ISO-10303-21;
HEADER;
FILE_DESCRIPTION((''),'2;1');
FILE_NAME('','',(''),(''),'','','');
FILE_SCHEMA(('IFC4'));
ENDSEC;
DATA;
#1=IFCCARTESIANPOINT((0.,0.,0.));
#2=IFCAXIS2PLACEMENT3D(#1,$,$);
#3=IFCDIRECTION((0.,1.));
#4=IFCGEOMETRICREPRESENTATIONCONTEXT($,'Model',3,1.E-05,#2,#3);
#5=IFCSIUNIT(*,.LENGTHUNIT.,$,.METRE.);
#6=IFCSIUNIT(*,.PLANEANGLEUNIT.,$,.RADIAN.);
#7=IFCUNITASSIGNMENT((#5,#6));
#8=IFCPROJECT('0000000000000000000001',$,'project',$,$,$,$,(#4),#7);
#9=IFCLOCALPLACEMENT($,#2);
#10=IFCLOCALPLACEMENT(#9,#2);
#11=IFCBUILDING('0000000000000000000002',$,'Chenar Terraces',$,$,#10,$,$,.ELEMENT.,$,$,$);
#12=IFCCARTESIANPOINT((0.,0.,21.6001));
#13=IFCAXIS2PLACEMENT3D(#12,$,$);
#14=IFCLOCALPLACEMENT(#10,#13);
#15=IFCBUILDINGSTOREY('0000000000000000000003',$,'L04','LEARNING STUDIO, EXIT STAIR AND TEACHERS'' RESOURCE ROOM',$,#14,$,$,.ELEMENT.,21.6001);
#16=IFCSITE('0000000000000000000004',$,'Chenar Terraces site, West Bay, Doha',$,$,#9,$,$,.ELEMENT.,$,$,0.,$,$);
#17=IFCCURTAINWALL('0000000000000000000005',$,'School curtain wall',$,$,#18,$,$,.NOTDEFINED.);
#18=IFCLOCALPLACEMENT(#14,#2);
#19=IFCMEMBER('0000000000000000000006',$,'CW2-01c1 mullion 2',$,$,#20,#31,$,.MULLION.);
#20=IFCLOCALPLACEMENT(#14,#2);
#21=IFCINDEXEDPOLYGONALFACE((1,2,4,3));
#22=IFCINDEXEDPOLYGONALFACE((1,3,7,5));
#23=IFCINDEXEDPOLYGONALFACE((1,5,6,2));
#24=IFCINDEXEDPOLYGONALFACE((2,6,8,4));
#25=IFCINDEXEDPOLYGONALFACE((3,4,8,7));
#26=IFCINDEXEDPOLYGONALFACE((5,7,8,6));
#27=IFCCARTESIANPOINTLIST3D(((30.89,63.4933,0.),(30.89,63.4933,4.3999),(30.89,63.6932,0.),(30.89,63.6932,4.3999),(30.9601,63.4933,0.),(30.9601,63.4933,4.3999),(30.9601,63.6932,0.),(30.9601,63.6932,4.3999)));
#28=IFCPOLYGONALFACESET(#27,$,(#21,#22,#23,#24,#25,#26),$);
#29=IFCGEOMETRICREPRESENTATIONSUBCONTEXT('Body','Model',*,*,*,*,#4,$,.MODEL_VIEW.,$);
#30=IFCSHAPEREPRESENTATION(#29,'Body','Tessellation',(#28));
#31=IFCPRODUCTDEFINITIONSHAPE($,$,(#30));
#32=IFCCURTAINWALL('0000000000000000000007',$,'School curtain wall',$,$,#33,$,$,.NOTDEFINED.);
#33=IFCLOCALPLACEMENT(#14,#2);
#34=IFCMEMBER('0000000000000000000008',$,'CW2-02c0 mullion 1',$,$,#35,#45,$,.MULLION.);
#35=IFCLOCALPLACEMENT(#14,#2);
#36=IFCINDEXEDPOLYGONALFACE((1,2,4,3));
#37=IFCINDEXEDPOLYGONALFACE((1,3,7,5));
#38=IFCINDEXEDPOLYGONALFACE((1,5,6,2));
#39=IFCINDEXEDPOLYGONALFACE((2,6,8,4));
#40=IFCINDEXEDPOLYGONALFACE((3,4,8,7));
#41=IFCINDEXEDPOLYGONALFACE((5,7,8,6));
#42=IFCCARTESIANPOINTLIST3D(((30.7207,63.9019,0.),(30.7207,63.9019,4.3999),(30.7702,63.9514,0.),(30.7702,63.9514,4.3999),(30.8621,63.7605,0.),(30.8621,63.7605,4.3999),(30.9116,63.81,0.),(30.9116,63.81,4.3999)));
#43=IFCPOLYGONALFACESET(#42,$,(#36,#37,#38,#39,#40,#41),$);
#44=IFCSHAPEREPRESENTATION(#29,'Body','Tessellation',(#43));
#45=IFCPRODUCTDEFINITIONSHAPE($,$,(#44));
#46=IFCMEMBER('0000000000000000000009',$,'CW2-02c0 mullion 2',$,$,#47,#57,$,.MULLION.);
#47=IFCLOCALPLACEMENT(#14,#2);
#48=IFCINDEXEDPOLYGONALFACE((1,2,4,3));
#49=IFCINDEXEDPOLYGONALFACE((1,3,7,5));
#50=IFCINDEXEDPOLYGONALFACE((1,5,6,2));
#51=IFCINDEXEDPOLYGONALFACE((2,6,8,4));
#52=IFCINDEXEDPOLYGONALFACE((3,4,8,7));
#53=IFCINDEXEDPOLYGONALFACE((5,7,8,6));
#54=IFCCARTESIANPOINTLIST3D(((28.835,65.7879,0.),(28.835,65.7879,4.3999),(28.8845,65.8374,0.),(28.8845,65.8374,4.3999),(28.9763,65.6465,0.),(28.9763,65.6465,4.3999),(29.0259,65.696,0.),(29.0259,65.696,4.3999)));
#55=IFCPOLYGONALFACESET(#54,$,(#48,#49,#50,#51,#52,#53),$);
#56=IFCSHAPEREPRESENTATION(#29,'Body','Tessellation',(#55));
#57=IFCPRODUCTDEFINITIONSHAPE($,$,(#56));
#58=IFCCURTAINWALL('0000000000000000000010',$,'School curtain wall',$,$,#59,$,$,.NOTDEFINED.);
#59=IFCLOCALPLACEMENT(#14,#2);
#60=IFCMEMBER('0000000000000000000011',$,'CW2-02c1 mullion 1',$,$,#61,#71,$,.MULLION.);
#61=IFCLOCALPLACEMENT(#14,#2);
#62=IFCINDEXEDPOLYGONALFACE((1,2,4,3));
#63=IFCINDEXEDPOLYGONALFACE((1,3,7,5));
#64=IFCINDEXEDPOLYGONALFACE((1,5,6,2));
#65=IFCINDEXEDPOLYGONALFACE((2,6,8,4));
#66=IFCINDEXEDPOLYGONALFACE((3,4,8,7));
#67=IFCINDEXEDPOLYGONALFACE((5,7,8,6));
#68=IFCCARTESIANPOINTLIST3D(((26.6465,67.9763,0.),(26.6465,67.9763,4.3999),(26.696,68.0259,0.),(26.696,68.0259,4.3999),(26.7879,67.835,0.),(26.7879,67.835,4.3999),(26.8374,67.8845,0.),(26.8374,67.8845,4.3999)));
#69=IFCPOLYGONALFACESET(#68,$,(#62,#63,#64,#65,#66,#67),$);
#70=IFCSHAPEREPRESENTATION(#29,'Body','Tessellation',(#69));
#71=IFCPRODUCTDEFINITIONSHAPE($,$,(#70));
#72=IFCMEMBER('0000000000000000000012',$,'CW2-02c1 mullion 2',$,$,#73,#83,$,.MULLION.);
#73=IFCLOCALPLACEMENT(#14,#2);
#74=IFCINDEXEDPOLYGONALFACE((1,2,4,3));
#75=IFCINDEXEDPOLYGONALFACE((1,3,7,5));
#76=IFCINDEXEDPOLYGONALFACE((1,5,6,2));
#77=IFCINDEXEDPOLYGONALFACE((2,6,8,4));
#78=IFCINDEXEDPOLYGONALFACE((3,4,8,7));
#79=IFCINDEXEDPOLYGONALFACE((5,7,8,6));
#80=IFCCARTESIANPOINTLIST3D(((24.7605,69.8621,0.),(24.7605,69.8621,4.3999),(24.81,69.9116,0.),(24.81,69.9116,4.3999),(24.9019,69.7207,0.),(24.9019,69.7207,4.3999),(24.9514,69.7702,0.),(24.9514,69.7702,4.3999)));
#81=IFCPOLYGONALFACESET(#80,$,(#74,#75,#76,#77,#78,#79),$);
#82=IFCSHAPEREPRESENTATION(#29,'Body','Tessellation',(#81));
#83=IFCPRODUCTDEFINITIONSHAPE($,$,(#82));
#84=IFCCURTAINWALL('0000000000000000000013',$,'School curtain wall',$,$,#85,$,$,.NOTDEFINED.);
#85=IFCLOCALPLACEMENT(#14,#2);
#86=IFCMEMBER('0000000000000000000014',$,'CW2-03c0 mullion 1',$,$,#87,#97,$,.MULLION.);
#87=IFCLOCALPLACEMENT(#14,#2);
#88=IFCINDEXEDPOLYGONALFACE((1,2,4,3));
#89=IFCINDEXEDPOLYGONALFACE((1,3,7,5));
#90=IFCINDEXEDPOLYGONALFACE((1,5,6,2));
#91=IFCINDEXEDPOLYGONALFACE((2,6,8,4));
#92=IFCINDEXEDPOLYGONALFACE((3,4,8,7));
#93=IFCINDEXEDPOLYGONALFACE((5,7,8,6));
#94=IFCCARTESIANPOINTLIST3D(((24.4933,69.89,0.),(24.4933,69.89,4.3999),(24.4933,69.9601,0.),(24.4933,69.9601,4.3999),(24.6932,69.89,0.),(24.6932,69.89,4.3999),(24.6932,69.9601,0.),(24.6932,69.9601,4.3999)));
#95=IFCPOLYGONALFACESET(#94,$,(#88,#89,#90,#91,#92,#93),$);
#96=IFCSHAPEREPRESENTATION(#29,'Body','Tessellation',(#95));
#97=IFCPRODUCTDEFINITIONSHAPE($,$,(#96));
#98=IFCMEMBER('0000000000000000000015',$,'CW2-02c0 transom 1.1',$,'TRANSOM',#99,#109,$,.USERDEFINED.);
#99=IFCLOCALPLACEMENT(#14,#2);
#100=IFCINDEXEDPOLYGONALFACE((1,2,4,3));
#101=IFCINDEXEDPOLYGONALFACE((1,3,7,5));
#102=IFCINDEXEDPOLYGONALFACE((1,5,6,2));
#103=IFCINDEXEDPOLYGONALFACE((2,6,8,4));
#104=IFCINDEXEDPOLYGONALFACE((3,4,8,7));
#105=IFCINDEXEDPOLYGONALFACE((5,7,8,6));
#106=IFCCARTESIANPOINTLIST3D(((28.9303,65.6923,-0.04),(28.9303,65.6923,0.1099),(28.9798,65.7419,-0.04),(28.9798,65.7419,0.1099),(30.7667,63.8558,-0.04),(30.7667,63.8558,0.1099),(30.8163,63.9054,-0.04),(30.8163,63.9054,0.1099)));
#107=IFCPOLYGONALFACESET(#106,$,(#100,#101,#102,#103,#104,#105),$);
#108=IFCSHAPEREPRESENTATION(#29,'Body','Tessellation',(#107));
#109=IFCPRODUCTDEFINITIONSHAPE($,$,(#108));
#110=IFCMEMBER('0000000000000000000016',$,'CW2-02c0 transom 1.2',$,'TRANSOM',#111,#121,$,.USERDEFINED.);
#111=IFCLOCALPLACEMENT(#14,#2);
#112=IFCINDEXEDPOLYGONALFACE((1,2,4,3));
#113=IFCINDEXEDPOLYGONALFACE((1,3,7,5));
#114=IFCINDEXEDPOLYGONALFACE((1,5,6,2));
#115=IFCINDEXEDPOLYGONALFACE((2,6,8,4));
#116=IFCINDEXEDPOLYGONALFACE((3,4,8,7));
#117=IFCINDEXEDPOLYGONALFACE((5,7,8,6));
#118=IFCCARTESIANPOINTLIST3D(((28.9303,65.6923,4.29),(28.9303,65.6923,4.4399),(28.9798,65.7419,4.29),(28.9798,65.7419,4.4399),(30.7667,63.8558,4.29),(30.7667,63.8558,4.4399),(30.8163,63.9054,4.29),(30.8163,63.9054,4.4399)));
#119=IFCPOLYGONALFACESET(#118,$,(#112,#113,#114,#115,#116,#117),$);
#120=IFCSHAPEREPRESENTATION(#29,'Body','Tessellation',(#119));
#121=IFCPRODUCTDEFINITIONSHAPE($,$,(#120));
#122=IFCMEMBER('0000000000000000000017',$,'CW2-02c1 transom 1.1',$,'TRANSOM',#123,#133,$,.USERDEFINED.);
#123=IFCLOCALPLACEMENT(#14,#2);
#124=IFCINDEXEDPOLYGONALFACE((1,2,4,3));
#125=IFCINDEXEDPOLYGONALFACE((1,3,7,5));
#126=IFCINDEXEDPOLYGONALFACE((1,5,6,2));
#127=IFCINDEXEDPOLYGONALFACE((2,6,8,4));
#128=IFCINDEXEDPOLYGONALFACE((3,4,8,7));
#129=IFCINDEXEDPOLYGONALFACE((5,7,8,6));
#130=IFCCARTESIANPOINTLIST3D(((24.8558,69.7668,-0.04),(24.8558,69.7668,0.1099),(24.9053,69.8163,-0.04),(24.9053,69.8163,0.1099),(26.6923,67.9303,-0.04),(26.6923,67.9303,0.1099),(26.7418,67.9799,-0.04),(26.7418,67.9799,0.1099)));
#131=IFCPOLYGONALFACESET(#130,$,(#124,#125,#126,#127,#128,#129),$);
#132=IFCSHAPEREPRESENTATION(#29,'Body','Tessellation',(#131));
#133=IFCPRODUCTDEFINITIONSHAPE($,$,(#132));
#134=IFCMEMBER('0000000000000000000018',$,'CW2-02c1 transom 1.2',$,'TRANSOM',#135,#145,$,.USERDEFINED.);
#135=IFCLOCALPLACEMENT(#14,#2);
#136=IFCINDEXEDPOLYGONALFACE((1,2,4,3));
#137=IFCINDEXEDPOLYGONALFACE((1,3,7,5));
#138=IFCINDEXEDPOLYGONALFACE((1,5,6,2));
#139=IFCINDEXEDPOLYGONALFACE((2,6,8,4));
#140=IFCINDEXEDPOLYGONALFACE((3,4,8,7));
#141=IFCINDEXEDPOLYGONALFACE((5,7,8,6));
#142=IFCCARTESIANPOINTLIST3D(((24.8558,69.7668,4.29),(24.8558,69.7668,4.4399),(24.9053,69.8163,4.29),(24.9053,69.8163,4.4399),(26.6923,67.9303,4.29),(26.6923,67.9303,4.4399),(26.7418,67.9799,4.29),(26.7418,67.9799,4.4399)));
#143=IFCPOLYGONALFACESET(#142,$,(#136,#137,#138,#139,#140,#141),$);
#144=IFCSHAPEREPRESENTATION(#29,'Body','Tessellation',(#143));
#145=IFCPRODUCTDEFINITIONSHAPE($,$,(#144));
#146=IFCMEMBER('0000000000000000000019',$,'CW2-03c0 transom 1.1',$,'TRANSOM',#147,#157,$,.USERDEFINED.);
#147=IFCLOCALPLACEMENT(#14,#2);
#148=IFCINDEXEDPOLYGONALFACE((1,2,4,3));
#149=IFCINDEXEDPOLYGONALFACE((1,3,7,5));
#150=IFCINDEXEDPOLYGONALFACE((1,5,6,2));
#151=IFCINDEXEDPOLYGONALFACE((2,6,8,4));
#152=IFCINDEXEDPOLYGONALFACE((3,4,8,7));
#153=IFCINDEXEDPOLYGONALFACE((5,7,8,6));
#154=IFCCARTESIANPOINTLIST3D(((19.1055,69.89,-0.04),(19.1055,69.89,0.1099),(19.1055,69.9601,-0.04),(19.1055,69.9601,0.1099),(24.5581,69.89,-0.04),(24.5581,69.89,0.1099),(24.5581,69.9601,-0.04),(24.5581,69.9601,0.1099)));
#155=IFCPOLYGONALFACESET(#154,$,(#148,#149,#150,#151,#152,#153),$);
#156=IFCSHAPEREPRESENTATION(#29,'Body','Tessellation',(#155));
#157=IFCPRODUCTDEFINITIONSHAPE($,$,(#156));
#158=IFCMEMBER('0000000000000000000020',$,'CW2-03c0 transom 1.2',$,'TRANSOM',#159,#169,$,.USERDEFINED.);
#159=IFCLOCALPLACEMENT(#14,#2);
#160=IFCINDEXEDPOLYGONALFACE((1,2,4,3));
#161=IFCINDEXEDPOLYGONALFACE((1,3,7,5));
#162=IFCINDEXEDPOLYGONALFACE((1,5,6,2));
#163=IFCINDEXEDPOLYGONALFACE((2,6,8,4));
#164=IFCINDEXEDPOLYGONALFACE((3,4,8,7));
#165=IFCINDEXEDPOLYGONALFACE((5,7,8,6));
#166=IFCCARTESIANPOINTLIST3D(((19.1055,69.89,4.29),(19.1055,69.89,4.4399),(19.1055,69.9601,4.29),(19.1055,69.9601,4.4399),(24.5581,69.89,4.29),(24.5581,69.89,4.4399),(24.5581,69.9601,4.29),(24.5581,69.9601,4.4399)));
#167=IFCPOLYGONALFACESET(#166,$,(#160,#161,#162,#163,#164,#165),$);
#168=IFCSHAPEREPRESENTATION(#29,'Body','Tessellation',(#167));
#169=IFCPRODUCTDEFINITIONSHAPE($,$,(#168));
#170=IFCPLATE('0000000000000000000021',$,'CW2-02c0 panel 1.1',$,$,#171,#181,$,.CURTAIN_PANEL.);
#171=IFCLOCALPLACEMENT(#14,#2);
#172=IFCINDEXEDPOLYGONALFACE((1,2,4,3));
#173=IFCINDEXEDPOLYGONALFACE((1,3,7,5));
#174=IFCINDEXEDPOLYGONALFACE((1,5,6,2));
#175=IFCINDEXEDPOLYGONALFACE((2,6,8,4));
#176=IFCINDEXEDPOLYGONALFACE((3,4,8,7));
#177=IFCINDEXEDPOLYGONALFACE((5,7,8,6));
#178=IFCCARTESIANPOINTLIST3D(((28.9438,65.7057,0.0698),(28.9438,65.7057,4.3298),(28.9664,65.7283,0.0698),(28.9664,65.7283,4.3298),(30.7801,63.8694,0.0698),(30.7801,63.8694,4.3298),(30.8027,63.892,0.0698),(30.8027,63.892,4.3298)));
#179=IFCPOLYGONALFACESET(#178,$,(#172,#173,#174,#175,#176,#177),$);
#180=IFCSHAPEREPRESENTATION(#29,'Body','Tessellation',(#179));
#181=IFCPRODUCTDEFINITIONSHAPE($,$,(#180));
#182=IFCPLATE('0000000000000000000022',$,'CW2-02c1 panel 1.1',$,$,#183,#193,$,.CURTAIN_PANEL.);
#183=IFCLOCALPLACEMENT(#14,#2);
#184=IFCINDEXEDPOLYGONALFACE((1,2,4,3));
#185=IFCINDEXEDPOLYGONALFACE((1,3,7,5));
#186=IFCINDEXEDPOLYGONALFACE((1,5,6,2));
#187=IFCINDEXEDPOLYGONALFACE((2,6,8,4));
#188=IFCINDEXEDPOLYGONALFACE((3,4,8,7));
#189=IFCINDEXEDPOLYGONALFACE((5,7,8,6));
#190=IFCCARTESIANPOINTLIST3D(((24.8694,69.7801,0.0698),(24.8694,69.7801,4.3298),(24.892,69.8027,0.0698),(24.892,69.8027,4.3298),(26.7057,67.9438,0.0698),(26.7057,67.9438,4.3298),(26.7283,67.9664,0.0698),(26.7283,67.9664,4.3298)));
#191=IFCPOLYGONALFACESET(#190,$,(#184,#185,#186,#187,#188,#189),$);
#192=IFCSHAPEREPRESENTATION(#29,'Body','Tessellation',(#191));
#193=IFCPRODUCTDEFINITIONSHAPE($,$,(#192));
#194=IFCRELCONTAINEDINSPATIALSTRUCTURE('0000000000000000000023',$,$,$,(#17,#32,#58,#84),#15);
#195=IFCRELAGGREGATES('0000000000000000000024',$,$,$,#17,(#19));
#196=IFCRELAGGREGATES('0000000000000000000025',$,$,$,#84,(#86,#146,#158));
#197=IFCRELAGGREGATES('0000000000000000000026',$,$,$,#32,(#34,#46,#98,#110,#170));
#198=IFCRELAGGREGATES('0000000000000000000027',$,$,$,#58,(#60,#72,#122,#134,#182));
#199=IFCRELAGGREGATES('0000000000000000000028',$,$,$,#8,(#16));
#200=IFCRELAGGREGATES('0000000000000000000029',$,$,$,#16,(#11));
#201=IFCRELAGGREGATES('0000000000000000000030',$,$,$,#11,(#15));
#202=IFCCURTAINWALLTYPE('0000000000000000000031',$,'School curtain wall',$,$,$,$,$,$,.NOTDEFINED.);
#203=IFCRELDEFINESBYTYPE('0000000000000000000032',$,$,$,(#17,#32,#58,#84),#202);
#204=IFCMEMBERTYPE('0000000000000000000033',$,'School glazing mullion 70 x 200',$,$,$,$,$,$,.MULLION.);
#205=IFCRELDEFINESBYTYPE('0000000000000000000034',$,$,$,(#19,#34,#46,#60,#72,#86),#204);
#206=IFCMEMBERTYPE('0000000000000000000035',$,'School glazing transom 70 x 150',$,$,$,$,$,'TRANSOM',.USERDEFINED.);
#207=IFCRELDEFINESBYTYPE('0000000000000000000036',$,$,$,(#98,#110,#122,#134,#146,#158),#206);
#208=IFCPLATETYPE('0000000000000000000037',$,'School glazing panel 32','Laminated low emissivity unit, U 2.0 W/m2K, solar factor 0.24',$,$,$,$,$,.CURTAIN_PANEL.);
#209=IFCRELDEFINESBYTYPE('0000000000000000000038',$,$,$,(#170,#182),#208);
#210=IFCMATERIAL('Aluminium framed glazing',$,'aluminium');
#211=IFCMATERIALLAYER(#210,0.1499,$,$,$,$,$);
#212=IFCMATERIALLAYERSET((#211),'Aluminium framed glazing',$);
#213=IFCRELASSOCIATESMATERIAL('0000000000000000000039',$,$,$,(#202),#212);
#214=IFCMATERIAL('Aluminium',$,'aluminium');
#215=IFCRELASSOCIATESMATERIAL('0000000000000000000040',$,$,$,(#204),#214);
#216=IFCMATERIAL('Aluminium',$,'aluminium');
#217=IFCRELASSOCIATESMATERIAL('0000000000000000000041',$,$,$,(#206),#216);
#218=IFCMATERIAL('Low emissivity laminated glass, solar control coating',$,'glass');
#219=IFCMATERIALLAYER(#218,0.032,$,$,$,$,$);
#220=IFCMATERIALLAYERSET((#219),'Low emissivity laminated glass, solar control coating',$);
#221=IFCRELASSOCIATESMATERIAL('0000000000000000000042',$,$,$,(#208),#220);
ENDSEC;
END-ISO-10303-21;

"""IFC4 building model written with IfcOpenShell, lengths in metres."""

from ifc_helpers import new_model, si_unit, direction, frame, origin, origin_2d, place, context, subcontext, project, spatial, rectangle, extrude, material, layer, layer_set, material_profile, profile_set, type_object, element, aggregate, save


model = new_model("IFC4")

# Units and contexts
model_context = context("Model", 3, precision=1e-05, world=origin(), true_north=direction((0.0, 1.0)))
body_context = subcontext(model_context, "Body", "Model", "MODEL_VIEW")
ifc_project = project(units=[si_unit("LENGTHUNIT", "METRE"), si_unit("PLANEANGLEUNIT", "RADIAN")], contexts=[model_context])

# Site, building, storey
site_placement = place(None, origin())
site = spatial("IfcSite", under=ifc_project, at=site_placement, Name="Chenar Terraces site, West Bay, Doha", CompositionType="ELEMENT", RefElevation=0.0)
building_placement = place(site_placement, origin())
building = spatial("IfcBuilding", under=site, at=building_placement, Name="Chenar Terraces", CompositionType="ELEMENT")
storey_placement = place(building_placement, frame((0.0, 0.0, 21.6001)))
storey = spatial("IfcBuildingStorey", under=building, at=storey_placement, Name="L04", Description="LEARNING STUDIO, EXIT STAIR AND TEACHERS' RESOURCE ROOM", CompositionType="ELEMENT", Elevation=21.6001)

# Curtain wall, member
ifc_material_1 = material(Name="Aluminium framed glazing", Category="aluminium")
ifc_layer_1 = layer(ifc_material_1, 0.1499)
ifc_layer_set_1 = layer_set([ifc_layer_1], Name="Aluminium framed glazing")
curtain_wall_type = type_object("IfcCurtainWallType", Name="School curtain wall", PredefinedType="NOTDEFINED", material=ifc_layer_set_1)
placement = place(storey_placement, origin())
curtain_wall_1 = element("IfcCurtainWall", 1, at=placement, inside=storey, type_object=curtain_wall_type, Name="School curtain wall", PredefinedType="NOTDEFINED")
ifc_material_2 = material(Name="Aluminium", Category="aluminium")
ifc_material_profile_1 = material_profile(ifc_material_2, rectangle(XDim=0.0701, YDim=0.2, at=origin_2d()), Name="School glazing mullion 70 x 200")
ifc_profile_set_1 = profile_set([ifc_material_profile_1], Name="Aluminium")
member_type_1 = type_object("IfcMemberType", Name="School glazing mullion 70 x 200", PredefinedType="MULLION", material=ifc_profile_set_1)
member_1_placement = place(storey_placement, frame((30.925, 63.5933, 0.0), z_axis=(0.0, 0.0, 1.0), x_axis=(-1.0, 0.0, 0.0)))
member_1 = element("IfcMember", 2, at=member_1_placement, type_object=member_type_1, Name="CW2-01c1 mullion 2", PredefinedType="MULLION", context=body_context, shape_type="SweptSolid", body=[
    extrude(rectangle(XDim=0.0701, YDim=0.2, at=origin_2d()), origin(), (0.0, 0.0, 1.0), 4.3999),
])
aggregate(curtain_wall_1, [member_1])

# Curtain walls, members
curtain_wall_2 = element("IfcCurtainWall", 3, at=placement, inside=storey, type_object=curtain_wall_type, Name="School curtain wall", PredefinedType="NOTDEFINED")
member_2_placement = place(storey_placement, frame((30.8162, 63.856, 0.0), z_axis=(0.0, 0.0, 1.0), x_axis=(-0.707107, -0.707107, 0.0)))
member_2 = element("IfcMember", 4, at=member_2_placement, type_object=member_type_1, Name="CW2-02c0 mullion 1", PredefinedType="MULLION", context=body_context, shape_type="SweptSolid", body=[
    extrude(rectangle(XDim=0.0701, YDim=0.2, at=origin_2d()), origin(), (0.0, 0.0, 1.0), 4.3999),
])
member_3_placement = place(storey_placement, frame((28.9304, 65.7419, 0.0), z_axis=(0.0, 0.0, 1.0), x_axis=(-0.707107, -0.707107, 0.0)))
member_3 = element("IfcMember", 5, at=member_3_placement, type_object=member_type_1, Name="CW2-02c0 mullion 2", PredefinedType="MULLION", context=body_context, shape_type="SweptSolid", body=[
    extrude(rectangle(XDim=0.0701, YDim=0.2, at=origin_2d()), origin(), (0.0, 0.0, 1.0), 4.3999),
])
curtain_wall_3 = element("IfcCurtainWall", 6, at=placement, inside=storey, type_object=curtain_wall_type, Name="School curtain wall", PredefinedType="NOTDEFINED")
member_4_placement = place(storey_placement, frame((26.7419, 67.9304, 0.0), z_axis=(0.0, 0.0, 1.0), x_axis=(-0.707107, -0.707107, 0.0)))
member_4 = element("IfcMember", 7, at=member_4_placement, type_object=member_type_1, Name="CW2-02c1 mullion 1", PredefinedType="MULLION", context=body_context, shape_type="SweptSolid", body=[
    extrude(rectangle(XDim=0.0701, YDim=0.2, at=origin_2d()), origin(), (0.0, 0.0, 1.0), 4.3999),
])
member_5_placement = place(storey_placement, frame((24.856, 69.8162, 0.0), z_axis=(0.0, 0.0, 1.0), x_axis=(-0.707107, -0.707107, 0.0)))
member_5 = element("IfcMember", 8, at=member_5_placement, type_object=member_type_1, Name="CW2-02c1 mullion 2", PredefinedType="MULLION", context=body_context, shape_type="SweptSolid", body=[
    extrude(rectangle(XDim=0.0701, YDim=0.2, at=origin_2d()), origin(), (0.0, 0.0, 1.0), 4.3999),
])

# Curtain wall, member
curtain_wall_4 = element("IfcCurtainWall", 9, at=placement, inside=storey, type_object=curtain_wall_type, Name="School curtain wall", PredefinedType="NOTDEFINED")
member_6_placement = place(storey_placement, frame((24.5933, 69.925, 0.0), z_axis=(0.0, 0.0, 1.0), x_axis=(0.0, -1.0, 0.0)))
member_6 = element("IfcMember", 10, at=member_6_placement, type_object=member_type_1, Name="CW2-03c0 mullion 1", PredefinedType="MULLION", context=body_context, shape_type="SweptSolid", body=[
    extrude(rectangle(XDim=0.0701, YDim=0.2, at=origin_2d()), origin(), (0.0, 0.0, 1.0), 4.3999),
])

# Members
ifc_material_3 = material(Name="Aluminium", Category="aluminium")
ifc_material_profile_2 = material_profile(ifc_material_3, rectangle(XDim=0.0701, YDim=0.1499, at=origin_2d()), Name="School glazing transom 70 x 150")
ifc_profile_set_2 = profile_set([ifc_material_profile_2], Name="Aluminium")
member_type_2 = type_object("IfcMemberType", Name="School glazing transom 70 x 150", ElementType="TRANSOM", PredefinedType="USERDEFINED", material=ifc_profile_set_2)
member_7_placement = place(storey_placement, frame((30.7915, 63.8806, 0.0349), z_axis=(-0.707107, 0.707107, 0.0), x_axis=(-0.707107, -0.707107, 0.0)))
member_7 = element("IfcMember", 11, at=member_7_placement, type_object=member_type_2, Name="CW2-02c0 transom 1.1", ObjectType="TRANSOM", PredefinedType="USERDEFINED", context=body_context, shape_type="SweptSolid", body=[
    extrude(rectangle(XDim=0.0701, YDim=0.1499, at=origin_2d()), origin(), (0.0, 0.0, 1.0), 2.5972),
])
member_8_placement = place(storey_placement, frame((30.7915, 63.8806, 4.365), z_axis=(-0.707107, 0.707107, 0.0), x_axis=(-0.707107, -0.707107, 0.0)))
member_8 = element("IfcMember", 12, at=member_8_placement, type_object=member_type_2, Name="CW2-02c0 transom 1.2", ObjectType="TRANSOM", PredefinedType="USERDEFINED", context=body_context, shape_type="SweptSolid", body=[
    extrude(rectangle(XDim=0.0701, YDim=0.1499, at=origin_2d()), origin(), (0.0, 0.0, 1.0), 2.5972),
])
member_9_placement = place(storey_placement, frame((26.717, 67.9551, 0.0349), z_axis=(-0.707107, 0.707107, 0.0), x_axis=(-0.707107, -0.707107, 0.0)))
member_9 = element("IfcMember", 13, at=member_9_placement, type_object=member_type_2, Name="CW2-02c1 transom 1.1", ObjectType="TRANSOM", PredefinedType="USERDEFINED", context=body_context, shape_type="SweptSolid", body=[
    extrude(rectangle(XDim=0.0701, YDim=0.1499, at=origin_2d()), origin(), (0.0, 0.0, 1.0), 2.5972),
])
member_10_placement = place(storey_placement, frame((26.717, 67.9551, 4.365), z_axis=(-0.707107, 0.707107, 0.0), x_axis=(-0.707107, -0.707107, 0.0)))
member_10 = element("IfcMember", 14, at=member_10_placement, type_object=member_type_2, Name="CW2-02c1 transom 1.2", ObjectType="TRANSOM", PredefinedType="USERDEFINED", context=body_context, shape_type="SweptSolid", body=[
    extrude(rectangle(XDim=0.0701, YDim=0.1499, at=origin_2d()), origin(), (0.0, 0.0, 1.0), 2.5972),
])
member_11_placement = place(storey_placement, frame((24.5581, 69.925, 0.0349), z_axis=(-1.0, 0.0, 0.0), x_axis=(0.0, -1.0, 0.0)))
member_11 = element("IfcMember", 15, at=member_11_placement, type_object=member_type_2, Name="CW2-03c0 transom 1.1", ObjectType="TRANSOM", PredefinedType="USERDEFINED", context=body_context, shape_type="SweptSolid", body=[
    extrude(rectangle(XDim=0.0701, YDim=0.1499, at=origin_2d()), origin(), (0.0, 0.0, 1.0), 5.4526),
])
member_12_placement = place(storey_placement, frame((24.5581, 69.925, 4.365), z_axis=(-1.0, 0.0, 0.0), x_axis=(0.0, -1.0, 0.0)))
member_12 = element("IfcMember", 16, at=member_12_placement, type_object=member_type_2, Name="CW2-03c0 transom 1.2", ObjectType="TRANSOM", PredefinedType="USERDEFINED", context=body_context, shape_type="SweptSolid", body=[
    extrude(rectangle(XDim=0.0701, YDim=0.1499, at=origin_2d()), origin(), (0.0, 0.0, 1.0), 5.4526),
])
aggregate(curtain_wall_4, [member_6, member_11, member_12])

# Plates
ifc_material_4 = material(Name="Low emissivity laminated glass, solar control coating", Category="glass")
ifc_layer_2 = layer(ifc_material_4, 0.032)
ifc_layer_set_2 = layer_set([ifc_layer_2], Name="Low emissivity laminated glass, solar control coating")
plate_type = type_object("IfcPlateType", Name="School glazing panel 32", Description="Laminated low emissivity unit, U 2.0 W/m2K, solar factor 0.24", PredefinedType="CURTAIN_PANEL", material=ifc_layer_set_2)
plate_1_placement = place(storey_placement, frame((29.8733, 64.7988, 0.0698), z_axis=(0.0, 0.0, 1.0), x_axis=(-0.707107, 0.707107, 0.0)))
plate_1 = element("IfcPlate", 17, at=plate_1_placement, type_object=plate_type, Name="CW2-02c0 panel 1.1", PredefinedType="CURTAIN_PANEL", context=body_context, shape_type="SweptSolid", body=[
    extrude(rectangle(XDim=2.5969, YDim=0.032, at=origin_2d()), origin(), (0.0, 0.0, 1.0), 4.26),
])
aggregate(curtain_wall_2, [member_2, member_3, member_7, member_8, plate_1])
plate_2_placement = place(storey_placement, frame((25.7988, 68.8733, 0.0698), z_axis=(0.0, 0.0, 1.0), x_axis=(-0.707107, 0.707107, 0.0)))
plate_2 = element("IfcPlate", 18, at=plate_2_placement, type_object=plate_type, Name="CW2-02c1 panel 1.1", PredefinedType="CURTAIN_PANEL", context=body_context, shape_type="SweptSolid", body=[
    extrude(rectangle(XDim=2.5969, YDim=0.032, at=origin_2d()), origin(), (0.0, 0.0, 1.0), 4.26),
])
aggregate(curtain_wall_3, [member_4, member_5, member_9, member_10, plate_2])

save(model, "model.ifc")
